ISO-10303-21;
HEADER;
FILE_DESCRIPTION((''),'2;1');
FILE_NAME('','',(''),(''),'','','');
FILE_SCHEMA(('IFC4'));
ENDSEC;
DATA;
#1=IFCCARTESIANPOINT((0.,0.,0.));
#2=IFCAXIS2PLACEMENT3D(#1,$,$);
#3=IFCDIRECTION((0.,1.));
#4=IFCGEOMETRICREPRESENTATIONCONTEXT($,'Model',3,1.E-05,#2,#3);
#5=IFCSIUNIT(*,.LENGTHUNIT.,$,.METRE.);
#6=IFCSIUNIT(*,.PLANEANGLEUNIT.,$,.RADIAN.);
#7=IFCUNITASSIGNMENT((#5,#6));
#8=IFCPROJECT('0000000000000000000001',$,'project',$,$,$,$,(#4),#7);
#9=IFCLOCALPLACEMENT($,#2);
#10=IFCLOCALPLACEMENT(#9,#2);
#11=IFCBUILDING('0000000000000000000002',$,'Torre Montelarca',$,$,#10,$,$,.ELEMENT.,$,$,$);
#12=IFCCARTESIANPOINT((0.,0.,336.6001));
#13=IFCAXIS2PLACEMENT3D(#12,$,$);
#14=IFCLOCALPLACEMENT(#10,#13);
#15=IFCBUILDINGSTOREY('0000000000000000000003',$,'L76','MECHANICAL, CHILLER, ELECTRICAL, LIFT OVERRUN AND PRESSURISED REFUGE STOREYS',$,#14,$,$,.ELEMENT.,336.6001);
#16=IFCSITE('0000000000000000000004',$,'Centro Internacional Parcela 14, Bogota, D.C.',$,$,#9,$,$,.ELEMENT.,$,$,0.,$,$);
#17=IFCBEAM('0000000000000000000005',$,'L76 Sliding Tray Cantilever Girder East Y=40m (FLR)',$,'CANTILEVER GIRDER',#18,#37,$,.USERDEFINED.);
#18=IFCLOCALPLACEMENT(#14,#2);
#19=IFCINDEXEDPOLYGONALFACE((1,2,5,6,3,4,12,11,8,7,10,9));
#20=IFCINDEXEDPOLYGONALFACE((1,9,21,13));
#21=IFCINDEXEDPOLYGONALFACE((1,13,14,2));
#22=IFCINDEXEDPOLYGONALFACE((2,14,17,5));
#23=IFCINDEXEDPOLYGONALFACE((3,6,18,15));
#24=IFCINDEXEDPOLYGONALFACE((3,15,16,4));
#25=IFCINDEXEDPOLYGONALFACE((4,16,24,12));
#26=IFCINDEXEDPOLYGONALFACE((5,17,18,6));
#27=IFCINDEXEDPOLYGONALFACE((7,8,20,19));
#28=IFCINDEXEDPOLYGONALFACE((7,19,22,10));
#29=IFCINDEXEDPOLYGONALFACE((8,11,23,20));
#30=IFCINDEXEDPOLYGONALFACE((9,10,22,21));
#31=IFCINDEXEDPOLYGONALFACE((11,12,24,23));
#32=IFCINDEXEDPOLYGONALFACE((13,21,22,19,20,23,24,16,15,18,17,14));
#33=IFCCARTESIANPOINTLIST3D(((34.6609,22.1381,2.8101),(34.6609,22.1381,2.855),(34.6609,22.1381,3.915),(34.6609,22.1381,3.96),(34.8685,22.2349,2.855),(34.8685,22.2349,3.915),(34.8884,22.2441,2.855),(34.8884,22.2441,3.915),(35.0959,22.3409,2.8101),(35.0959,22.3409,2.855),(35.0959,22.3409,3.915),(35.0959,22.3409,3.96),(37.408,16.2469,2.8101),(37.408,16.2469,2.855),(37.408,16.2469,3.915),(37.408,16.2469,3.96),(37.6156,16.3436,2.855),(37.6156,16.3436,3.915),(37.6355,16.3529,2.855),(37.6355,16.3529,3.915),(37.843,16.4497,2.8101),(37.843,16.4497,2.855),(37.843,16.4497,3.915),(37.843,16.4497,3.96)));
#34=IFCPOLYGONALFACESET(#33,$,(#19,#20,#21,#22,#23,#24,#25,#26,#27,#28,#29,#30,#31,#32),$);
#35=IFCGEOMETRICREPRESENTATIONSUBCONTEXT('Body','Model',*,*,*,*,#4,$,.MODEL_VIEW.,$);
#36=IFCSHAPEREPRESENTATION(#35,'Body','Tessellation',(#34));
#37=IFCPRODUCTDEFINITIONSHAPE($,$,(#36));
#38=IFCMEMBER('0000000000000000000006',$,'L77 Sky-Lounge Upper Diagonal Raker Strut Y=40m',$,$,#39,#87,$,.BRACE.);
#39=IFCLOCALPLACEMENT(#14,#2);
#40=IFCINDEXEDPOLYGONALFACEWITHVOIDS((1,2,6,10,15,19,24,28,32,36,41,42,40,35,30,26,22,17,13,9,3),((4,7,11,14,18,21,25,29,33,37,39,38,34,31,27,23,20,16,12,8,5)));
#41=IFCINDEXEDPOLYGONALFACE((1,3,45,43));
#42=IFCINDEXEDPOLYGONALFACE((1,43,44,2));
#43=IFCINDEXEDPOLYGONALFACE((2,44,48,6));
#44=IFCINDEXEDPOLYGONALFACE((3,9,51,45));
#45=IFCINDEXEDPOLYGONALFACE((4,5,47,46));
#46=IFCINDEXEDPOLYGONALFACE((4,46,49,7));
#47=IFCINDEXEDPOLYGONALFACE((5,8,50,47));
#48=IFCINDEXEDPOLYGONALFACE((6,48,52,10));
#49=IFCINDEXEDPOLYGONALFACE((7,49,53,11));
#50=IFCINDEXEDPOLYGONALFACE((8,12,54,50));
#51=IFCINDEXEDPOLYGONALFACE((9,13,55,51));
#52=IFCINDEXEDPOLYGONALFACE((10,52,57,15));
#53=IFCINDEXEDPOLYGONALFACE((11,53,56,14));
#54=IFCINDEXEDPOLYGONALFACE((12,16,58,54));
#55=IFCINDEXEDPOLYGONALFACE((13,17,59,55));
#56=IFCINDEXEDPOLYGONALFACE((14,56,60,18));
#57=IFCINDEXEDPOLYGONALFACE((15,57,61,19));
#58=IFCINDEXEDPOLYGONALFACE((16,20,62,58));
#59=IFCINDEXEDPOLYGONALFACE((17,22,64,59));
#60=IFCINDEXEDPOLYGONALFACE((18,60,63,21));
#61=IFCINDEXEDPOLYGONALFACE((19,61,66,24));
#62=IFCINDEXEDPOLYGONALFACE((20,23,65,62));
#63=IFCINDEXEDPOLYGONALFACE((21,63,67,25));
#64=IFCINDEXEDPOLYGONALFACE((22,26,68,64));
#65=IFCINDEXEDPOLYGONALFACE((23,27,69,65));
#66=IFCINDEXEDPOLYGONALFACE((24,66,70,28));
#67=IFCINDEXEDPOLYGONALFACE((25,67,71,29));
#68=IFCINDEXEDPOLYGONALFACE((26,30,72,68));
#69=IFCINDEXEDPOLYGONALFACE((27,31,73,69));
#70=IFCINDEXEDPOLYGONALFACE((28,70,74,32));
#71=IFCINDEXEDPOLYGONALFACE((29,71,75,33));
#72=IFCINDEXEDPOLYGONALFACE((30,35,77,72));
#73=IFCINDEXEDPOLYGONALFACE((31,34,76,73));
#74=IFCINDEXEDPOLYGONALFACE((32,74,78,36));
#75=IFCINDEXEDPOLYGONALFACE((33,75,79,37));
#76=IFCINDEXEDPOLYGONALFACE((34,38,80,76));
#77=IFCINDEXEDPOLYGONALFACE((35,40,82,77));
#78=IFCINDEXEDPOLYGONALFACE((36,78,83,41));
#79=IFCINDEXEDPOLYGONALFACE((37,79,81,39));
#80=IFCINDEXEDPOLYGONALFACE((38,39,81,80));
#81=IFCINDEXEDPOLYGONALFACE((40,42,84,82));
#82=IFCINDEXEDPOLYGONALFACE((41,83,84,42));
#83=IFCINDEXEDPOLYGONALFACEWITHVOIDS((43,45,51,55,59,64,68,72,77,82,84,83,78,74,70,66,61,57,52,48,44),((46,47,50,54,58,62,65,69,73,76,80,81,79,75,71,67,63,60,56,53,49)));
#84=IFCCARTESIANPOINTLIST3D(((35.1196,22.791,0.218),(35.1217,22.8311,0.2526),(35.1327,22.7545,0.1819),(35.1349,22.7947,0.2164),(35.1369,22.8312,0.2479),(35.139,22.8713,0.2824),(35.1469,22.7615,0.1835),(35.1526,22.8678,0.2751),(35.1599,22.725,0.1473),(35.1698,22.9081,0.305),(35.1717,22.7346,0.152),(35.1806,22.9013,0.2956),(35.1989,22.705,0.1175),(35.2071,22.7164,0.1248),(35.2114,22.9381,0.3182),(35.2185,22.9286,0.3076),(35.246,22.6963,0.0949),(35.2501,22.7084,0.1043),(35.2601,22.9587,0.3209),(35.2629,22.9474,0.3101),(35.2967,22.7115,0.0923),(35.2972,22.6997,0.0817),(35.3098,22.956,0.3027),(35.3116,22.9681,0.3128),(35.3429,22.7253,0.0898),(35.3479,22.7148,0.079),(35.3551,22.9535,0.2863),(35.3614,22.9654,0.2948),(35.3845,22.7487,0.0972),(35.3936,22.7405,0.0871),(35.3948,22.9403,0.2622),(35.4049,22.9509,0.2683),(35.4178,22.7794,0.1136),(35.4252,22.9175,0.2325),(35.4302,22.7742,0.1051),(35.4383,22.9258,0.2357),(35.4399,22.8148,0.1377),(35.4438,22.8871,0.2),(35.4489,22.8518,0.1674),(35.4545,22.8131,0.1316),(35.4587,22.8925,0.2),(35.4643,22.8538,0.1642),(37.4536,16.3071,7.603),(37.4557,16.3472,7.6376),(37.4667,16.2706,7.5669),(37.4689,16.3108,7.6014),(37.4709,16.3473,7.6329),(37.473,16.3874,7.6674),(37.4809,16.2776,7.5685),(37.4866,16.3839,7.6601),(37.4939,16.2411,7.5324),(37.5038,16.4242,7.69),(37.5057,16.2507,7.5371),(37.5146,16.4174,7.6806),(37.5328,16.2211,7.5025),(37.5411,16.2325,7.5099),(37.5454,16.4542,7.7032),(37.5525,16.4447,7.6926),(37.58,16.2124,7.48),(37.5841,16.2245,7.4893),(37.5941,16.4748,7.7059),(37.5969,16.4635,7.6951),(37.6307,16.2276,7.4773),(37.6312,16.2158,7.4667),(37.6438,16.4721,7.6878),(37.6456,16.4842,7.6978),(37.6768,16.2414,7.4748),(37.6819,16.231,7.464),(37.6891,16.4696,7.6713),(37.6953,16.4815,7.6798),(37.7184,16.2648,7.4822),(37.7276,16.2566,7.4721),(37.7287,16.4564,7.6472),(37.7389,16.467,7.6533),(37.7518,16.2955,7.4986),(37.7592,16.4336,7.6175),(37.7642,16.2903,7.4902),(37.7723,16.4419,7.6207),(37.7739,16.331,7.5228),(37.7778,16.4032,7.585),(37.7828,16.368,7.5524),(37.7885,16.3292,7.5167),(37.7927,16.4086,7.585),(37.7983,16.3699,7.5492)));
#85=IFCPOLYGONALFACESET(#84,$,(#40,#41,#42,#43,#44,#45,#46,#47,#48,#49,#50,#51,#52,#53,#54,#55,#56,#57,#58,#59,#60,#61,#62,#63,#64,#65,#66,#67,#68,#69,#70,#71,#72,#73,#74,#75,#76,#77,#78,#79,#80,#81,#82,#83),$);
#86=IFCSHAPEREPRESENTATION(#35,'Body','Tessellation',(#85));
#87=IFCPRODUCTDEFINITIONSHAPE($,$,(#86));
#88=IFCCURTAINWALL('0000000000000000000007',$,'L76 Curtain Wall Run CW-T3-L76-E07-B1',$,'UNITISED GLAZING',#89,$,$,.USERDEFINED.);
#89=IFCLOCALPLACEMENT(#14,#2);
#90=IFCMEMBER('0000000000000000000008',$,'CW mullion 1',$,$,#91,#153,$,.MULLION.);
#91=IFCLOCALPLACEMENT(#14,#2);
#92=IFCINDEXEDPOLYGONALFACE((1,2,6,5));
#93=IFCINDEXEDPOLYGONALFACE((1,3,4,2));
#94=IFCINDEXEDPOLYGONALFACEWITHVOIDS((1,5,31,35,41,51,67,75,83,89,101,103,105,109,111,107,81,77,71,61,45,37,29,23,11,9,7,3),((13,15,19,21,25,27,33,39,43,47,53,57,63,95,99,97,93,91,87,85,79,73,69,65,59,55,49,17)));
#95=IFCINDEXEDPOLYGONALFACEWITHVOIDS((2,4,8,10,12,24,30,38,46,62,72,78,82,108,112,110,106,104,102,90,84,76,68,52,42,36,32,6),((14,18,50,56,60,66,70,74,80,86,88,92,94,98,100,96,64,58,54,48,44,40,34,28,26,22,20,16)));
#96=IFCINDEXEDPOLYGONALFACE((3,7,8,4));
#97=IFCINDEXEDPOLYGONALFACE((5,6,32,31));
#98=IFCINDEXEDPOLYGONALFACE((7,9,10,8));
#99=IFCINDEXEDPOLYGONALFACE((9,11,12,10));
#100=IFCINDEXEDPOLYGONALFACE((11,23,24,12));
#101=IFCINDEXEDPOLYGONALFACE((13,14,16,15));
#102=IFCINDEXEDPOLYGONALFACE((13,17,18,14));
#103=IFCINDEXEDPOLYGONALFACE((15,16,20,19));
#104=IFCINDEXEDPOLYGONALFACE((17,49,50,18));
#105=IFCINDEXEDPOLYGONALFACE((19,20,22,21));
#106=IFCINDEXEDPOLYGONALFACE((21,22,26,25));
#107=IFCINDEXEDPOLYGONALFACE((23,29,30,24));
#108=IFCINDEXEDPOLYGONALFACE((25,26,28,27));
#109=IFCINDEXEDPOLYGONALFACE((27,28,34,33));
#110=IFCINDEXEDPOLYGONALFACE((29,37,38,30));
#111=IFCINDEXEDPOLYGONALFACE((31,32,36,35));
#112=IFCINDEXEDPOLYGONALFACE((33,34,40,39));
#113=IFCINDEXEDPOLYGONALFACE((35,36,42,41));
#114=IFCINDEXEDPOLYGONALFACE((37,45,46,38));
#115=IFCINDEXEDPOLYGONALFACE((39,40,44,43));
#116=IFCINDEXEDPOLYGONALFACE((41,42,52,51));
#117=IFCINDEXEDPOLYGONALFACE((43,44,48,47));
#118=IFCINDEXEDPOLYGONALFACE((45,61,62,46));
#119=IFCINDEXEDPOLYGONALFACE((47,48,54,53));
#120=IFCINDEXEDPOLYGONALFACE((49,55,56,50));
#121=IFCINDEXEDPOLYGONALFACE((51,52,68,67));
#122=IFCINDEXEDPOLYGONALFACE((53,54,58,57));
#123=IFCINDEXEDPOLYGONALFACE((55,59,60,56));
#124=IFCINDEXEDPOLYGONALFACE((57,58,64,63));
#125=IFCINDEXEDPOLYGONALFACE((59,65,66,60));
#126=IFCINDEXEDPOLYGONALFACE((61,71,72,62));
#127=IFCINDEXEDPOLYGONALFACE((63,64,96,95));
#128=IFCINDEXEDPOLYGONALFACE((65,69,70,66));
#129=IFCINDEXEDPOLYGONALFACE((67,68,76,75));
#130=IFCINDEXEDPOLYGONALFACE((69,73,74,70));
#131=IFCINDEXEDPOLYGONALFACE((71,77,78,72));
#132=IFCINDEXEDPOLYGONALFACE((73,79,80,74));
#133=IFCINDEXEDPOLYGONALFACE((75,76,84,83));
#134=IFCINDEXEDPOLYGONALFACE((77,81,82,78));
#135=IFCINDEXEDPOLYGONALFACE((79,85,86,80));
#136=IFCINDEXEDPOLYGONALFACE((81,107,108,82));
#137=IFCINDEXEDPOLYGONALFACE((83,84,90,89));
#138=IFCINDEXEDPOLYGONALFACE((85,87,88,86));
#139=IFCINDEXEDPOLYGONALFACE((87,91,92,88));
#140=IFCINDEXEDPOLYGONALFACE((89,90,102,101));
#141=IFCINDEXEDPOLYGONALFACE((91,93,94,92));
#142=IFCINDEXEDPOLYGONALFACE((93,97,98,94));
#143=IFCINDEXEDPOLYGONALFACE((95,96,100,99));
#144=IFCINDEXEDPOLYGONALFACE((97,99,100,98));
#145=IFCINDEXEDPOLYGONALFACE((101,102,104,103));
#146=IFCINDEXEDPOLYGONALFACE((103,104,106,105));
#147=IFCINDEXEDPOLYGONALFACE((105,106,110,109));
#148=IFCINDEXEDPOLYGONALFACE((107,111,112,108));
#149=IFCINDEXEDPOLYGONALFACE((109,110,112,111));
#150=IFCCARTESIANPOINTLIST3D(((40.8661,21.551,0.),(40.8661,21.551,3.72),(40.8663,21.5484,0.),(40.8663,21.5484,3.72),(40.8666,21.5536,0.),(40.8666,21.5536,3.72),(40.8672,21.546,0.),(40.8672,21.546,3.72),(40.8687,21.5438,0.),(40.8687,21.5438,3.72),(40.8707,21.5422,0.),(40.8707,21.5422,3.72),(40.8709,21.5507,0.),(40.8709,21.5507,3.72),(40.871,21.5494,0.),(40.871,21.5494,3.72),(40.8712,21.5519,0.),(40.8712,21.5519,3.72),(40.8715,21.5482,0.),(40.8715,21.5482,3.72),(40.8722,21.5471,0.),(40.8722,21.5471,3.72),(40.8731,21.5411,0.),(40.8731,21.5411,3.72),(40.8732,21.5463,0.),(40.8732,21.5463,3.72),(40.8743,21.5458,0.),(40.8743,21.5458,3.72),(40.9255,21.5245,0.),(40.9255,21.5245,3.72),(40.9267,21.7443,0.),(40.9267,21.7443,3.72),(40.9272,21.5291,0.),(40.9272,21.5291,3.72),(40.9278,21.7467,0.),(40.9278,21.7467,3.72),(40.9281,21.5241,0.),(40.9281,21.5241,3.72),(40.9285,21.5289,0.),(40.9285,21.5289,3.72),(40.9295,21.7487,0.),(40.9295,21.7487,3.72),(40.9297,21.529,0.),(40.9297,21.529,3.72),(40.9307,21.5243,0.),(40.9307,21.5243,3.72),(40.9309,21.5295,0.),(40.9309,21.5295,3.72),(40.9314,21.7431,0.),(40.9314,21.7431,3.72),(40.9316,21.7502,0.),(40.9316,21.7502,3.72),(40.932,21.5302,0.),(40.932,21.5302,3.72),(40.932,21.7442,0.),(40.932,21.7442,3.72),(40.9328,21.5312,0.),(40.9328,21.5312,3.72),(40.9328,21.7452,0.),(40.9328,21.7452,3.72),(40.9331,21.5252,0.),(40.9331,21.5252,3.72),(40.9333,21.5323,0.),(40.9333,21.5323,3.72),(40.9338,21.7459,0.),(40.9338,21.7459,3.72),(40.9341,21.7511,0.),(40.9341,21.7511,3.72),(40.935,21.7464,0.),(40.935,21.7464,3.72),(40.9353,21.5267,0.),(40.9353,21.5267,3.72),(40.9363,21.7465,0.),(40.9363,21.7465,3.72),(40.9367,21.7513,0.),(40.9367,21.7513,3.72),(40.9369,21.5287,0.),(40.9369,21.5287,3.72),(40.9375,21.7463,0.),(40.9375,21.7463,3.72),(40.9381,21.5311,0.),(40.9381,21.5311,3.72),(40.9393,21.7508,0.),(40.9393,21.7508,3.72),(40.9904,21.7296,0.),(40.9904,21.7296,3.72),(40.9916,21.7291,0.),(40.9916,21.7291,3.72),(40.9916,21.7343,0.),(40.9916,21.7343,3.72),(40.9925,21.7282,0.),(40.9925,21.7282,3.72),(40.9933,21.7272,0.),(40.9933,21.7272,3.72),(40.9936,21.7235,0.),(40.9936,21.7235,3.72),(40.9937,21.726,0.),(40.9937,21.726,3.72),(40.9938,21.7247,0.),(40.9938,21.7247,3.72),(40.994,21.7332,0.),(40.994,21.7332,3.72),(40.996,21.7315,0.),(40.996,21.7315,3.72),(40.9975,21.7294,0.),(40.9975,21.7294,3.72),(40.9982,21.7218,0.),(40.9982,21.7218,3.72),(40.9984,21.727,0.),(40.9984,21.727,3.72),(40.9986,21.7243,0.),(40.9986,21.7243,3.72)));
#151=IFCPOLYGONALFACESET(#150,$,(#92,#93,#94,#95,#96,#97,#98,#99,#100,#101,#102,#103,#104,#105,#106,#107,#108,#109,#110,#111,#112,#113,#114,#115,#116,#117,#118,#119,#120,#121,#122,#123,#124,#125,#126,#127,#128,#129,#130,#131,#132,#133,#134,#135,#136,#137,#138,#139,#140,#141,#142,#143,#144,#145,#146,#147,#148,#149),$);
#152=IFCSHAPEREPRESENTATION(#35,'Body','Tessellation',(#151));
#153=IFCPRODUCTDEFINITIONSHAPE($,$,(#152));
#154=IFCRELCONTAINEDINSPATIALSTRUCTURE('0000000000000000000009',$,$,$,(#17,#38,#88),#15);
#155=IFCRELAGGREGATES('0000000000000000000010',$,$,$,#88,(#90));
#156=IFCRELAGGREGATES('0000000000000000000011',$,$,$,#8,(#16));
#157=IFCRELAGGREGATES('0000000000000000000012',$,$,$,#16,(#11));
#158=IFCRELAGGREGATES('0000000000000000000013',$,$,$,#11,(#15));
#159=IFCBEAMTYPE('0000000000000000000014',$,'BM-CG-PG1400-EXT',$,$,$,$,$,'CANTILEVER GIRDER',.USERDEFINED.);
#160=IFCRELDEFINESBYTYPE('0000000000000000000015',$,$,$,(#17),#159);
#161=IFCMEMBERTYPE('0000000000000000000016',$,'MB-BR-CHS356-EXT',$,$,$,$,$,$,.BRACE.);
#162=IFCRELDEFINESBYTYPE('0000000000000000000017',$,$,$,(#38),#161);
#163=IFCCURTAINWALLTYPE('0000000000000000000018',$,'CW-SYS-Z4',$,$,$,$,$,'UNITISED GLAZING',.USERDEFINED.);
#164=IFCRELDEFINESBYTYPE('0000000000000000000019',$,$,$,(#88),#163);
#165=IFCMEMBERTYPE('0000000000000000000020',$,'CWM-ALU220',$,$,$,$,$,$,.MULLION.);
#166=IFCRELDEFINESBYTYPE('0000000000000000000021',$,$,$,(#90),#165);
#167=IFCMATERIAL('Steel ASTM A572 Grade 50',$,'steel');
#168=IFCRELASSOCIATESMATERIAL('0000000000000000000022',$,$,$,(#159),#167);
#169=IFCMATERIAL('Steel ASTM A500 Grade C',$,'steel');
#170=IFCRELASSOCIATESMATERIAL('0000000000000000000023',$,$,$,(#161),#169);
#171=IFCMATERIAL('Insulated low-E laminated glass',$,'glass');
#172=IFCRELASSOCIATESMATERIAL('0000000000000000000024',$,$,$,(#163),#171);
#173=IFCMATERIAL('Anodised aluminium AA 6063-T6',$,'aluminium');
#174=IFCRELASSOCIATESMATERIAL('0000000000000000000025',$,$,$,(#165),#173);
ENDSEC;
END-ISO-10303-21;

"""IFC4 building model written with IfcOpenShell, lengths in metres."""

from ifc_helpers import new_model, si_unit, direction, frame, origin, origin_2d, place, context, subcontext, project, spatial, hollow_rectangle, hollow_circle, i_section, extrude, source, transform, mapped, material, material_profile, profile_set, type_object, element, aggregate, save


model = new_model("IFC4")

# Units and contexts
model_context = context("Model", 3, precision=1e-05, world=origin(), true_north=direction((0.0, 1.0)))
body_context = subcontext(model_context, "Body", "Model", "MODEL_VIEW")
ifc_project = project(units=[si_unit("LENGTHUNIT", "METRE"), si_unit("PLANEANGLEUNIT", "RADIAN")], contexts=[model_context])

# Site, building, storey
site_placement = place(None, origin())
site = spatial("IfcSite", under=ifc_project, at=site_placement, Name="Centro Internacional Parcela 14, Bogota, D.C.", CompositionType="ELEMENT", RefElevation=0.0)
building_placement = place(site_placement, origin())
building = spatial("IfcBuilding", under=site, at=building_placement, Name="Torre Montelarca", CompositionType="ELEMENT")
storey_placement = place(building_placement, frame((0.0, 0.0, 336.6001)))
storey = spatial("IfcBuildingStorey", under=building, at=storey_placement, Name="L76", Description="MECHANICAL, CHILLER, ELECTRICAL, LIFT OVERRUN AND PRESSURISED REFUGE STOREYS", CompositionType="ELEMENT", Elevation=336.6001)

# Beam
ifc_material_1 = material(Name="Steel ASTM A572 Grade 50", Category="steel")
ifc_material_profile_1 = material_profile(ifc_material_1, i_section(OverallWidth=0.48, OverallDepth=1.1499, WebThickness=0.022, FlangeThickness=0.0449, at=origin_2d()), Name="PG1150X480X22X45", Category="steel")
ifc_profile_set_1 = profile_set([ifc_material_profile_1], Name="Steel ASTM A572 Grade 50")
beam_type = type_object("IfcBeamType", Name="BM-CG-PG1400-EXT", ElementType="CANTILEVER GIRDER", PredefinedType="USERDEFINED", material=ifc_profile_set_1)
shared_shape_1 = source(origin(), body_context, "Body", "SweptSolid", [
    extrude(i_section(OverallWidth=0.48, OverallDepth=1.1499, WebThickness=0.022, FlangeThickness=0.0449, at=origin_2d()), origin(), (0.0, 0.0, 1.0), 6.5002),
])
beam_placement = place(storey_placement, frame((34.8784, 22.2395, 3.385), z_axis=(0.422618, -0.906308, 0.0), x_axis=(0.906308, 0.422618, 0.0)))
element("IfcBeam", 1, at=beam_placement, inside=storey, type_object=beam_type, Name="L76 Sliding Tray Cantilever Girder East Y=40m (FLR)", ObjectType="CANTILEVER GIRDER", PredefinedType="USERDEFINED", context=body_context, shape_type="MappedRepresentation", body=[
    mapped(shared_shape_1, transform((0.0, 0.0, 0.0), scale=1.0)),
])

# Member
ifc_material_2 = material(Name="Steel ASTM A500 Grade C", Category="steel")
ifc_material_profile_2 = material_profile(ifc_material_2, hollow_circle(Radius=0.1777, WallThickness=0.0159, at=origin_2d()), Name="HSS355.6X15.9", Category="steel")
ifc_profile_set_2 = profile_set([ifc_material_profile_2], Name="Steel ASTM A500 Grade C")
member_type_1 = type_object("IfcMemberType", Name="MB-BR-CHS356-EXT", PredefinedType="BRACE", material=ifc_profile_set_2)
shared_shape_2 = source(origin(), body_context, "Body", "SweptSolid", [
    extrude(hollow_circle(Radius=0.1777, WallThickness=0.0159, at=origin_2d()), origin(), (0.0, 0.0, 1.0), 10.1008),
])
member_1_placement = place(storey_placement, frame((35.2915, 22.8323, 0.2), z_axis=(0.231069, -0.641917, 0.731129), x_axis=(0.940897, 0.338692, 0.0)))
element("IfcMember", 2, at=member_1_placement, inside=storey, type_object=member_type_1, Name="L77 Sky-Lounge Upper Diagonal Raker Strut Y=40m", PredefinedType="BRACE", context=body_context, shape_type="MappedRepresentation", body=[
    mapped(shared_shape_2, transform((0.0, 0.0, 0.0), scale=1.0)),
])

# Curtain wall, member
ifc_material_3 = material(Name="Insulated low-E laminated glass", Category="glass")
curtain_wall_type = type_object("IfcCurtainWallType", Name="CW-SYS-Z4", ElementType="UNITISED GLAZING", PredefinedType="USERDEFINED", material=ifc_material_3)
curtain_wall_1_placement = place(storey_placement, origin())
curtain_wall_1 = element("IfcCurtainWall", 3, at=curtain_wall_1_placement, inside=storey, type_object=curtain_wall_type, Name="L76 Curtain Wall Run CW-T3-L76-E07-B1", ObjectType="UNITISED GLAZING", PredefinedType="USERDEFINED")
ifc_material_4 = material(Name="Anodised aluminium AA 6063-T6", Category="aluminium")
ifc_material_profile_3 = material_profile(ifc_material_4, hollow_rectangle(XDim=0.075, YDim=0.22, WallThickness=0.0049, InnerFilletRadius=0.0049, OuterFilletRadius=0.01, at=origin_2d()), Name="ALU75X220X5", Category="aluminium")
ifc_profile_set_3 = profile_set([ifc_material_profile_3], Name="Anodised aluminium AA 6063-T6")
member_type_2 = type_object("IfcMemberType", Name="CWM-ALU220", PredefinedType="MULLION", material=ifc_profile_set_3)
shared_shape_3 = source(origin(), body_context, "Body", "SweptSolid", [
    extrude(hollow_rectangle(XDim=0.075, YDim=0.22, WallThickness=0.0049, InnerFilletRadius=0.0049, OuterFilletRadius=0.01, at=origin_2d()), origin(), (0.0, 0.0, 1.0), 3.72),
])
member_2_placement = place(storey_placement, frame((40.9324, 21.6377, 0.0), z_axis=(0.0, 0.0, 1.0), x_axis=(-0.953721, 0.300693, 0.0)))
member_2 = element("IfcMember", 4, at=member_2_placement, type_object=member_type_2, Name="CW mullion 1", PredefinedType="MULLION", context=body_context, shape_type="MappedRepresentation", body=[
    mapped(shared_shape_3, transform((0.0, 0.0, 0.0), scale=1.0)),
])

aggregate(curtain_wall_1, [member_2])

save(model, "model.ifc")
